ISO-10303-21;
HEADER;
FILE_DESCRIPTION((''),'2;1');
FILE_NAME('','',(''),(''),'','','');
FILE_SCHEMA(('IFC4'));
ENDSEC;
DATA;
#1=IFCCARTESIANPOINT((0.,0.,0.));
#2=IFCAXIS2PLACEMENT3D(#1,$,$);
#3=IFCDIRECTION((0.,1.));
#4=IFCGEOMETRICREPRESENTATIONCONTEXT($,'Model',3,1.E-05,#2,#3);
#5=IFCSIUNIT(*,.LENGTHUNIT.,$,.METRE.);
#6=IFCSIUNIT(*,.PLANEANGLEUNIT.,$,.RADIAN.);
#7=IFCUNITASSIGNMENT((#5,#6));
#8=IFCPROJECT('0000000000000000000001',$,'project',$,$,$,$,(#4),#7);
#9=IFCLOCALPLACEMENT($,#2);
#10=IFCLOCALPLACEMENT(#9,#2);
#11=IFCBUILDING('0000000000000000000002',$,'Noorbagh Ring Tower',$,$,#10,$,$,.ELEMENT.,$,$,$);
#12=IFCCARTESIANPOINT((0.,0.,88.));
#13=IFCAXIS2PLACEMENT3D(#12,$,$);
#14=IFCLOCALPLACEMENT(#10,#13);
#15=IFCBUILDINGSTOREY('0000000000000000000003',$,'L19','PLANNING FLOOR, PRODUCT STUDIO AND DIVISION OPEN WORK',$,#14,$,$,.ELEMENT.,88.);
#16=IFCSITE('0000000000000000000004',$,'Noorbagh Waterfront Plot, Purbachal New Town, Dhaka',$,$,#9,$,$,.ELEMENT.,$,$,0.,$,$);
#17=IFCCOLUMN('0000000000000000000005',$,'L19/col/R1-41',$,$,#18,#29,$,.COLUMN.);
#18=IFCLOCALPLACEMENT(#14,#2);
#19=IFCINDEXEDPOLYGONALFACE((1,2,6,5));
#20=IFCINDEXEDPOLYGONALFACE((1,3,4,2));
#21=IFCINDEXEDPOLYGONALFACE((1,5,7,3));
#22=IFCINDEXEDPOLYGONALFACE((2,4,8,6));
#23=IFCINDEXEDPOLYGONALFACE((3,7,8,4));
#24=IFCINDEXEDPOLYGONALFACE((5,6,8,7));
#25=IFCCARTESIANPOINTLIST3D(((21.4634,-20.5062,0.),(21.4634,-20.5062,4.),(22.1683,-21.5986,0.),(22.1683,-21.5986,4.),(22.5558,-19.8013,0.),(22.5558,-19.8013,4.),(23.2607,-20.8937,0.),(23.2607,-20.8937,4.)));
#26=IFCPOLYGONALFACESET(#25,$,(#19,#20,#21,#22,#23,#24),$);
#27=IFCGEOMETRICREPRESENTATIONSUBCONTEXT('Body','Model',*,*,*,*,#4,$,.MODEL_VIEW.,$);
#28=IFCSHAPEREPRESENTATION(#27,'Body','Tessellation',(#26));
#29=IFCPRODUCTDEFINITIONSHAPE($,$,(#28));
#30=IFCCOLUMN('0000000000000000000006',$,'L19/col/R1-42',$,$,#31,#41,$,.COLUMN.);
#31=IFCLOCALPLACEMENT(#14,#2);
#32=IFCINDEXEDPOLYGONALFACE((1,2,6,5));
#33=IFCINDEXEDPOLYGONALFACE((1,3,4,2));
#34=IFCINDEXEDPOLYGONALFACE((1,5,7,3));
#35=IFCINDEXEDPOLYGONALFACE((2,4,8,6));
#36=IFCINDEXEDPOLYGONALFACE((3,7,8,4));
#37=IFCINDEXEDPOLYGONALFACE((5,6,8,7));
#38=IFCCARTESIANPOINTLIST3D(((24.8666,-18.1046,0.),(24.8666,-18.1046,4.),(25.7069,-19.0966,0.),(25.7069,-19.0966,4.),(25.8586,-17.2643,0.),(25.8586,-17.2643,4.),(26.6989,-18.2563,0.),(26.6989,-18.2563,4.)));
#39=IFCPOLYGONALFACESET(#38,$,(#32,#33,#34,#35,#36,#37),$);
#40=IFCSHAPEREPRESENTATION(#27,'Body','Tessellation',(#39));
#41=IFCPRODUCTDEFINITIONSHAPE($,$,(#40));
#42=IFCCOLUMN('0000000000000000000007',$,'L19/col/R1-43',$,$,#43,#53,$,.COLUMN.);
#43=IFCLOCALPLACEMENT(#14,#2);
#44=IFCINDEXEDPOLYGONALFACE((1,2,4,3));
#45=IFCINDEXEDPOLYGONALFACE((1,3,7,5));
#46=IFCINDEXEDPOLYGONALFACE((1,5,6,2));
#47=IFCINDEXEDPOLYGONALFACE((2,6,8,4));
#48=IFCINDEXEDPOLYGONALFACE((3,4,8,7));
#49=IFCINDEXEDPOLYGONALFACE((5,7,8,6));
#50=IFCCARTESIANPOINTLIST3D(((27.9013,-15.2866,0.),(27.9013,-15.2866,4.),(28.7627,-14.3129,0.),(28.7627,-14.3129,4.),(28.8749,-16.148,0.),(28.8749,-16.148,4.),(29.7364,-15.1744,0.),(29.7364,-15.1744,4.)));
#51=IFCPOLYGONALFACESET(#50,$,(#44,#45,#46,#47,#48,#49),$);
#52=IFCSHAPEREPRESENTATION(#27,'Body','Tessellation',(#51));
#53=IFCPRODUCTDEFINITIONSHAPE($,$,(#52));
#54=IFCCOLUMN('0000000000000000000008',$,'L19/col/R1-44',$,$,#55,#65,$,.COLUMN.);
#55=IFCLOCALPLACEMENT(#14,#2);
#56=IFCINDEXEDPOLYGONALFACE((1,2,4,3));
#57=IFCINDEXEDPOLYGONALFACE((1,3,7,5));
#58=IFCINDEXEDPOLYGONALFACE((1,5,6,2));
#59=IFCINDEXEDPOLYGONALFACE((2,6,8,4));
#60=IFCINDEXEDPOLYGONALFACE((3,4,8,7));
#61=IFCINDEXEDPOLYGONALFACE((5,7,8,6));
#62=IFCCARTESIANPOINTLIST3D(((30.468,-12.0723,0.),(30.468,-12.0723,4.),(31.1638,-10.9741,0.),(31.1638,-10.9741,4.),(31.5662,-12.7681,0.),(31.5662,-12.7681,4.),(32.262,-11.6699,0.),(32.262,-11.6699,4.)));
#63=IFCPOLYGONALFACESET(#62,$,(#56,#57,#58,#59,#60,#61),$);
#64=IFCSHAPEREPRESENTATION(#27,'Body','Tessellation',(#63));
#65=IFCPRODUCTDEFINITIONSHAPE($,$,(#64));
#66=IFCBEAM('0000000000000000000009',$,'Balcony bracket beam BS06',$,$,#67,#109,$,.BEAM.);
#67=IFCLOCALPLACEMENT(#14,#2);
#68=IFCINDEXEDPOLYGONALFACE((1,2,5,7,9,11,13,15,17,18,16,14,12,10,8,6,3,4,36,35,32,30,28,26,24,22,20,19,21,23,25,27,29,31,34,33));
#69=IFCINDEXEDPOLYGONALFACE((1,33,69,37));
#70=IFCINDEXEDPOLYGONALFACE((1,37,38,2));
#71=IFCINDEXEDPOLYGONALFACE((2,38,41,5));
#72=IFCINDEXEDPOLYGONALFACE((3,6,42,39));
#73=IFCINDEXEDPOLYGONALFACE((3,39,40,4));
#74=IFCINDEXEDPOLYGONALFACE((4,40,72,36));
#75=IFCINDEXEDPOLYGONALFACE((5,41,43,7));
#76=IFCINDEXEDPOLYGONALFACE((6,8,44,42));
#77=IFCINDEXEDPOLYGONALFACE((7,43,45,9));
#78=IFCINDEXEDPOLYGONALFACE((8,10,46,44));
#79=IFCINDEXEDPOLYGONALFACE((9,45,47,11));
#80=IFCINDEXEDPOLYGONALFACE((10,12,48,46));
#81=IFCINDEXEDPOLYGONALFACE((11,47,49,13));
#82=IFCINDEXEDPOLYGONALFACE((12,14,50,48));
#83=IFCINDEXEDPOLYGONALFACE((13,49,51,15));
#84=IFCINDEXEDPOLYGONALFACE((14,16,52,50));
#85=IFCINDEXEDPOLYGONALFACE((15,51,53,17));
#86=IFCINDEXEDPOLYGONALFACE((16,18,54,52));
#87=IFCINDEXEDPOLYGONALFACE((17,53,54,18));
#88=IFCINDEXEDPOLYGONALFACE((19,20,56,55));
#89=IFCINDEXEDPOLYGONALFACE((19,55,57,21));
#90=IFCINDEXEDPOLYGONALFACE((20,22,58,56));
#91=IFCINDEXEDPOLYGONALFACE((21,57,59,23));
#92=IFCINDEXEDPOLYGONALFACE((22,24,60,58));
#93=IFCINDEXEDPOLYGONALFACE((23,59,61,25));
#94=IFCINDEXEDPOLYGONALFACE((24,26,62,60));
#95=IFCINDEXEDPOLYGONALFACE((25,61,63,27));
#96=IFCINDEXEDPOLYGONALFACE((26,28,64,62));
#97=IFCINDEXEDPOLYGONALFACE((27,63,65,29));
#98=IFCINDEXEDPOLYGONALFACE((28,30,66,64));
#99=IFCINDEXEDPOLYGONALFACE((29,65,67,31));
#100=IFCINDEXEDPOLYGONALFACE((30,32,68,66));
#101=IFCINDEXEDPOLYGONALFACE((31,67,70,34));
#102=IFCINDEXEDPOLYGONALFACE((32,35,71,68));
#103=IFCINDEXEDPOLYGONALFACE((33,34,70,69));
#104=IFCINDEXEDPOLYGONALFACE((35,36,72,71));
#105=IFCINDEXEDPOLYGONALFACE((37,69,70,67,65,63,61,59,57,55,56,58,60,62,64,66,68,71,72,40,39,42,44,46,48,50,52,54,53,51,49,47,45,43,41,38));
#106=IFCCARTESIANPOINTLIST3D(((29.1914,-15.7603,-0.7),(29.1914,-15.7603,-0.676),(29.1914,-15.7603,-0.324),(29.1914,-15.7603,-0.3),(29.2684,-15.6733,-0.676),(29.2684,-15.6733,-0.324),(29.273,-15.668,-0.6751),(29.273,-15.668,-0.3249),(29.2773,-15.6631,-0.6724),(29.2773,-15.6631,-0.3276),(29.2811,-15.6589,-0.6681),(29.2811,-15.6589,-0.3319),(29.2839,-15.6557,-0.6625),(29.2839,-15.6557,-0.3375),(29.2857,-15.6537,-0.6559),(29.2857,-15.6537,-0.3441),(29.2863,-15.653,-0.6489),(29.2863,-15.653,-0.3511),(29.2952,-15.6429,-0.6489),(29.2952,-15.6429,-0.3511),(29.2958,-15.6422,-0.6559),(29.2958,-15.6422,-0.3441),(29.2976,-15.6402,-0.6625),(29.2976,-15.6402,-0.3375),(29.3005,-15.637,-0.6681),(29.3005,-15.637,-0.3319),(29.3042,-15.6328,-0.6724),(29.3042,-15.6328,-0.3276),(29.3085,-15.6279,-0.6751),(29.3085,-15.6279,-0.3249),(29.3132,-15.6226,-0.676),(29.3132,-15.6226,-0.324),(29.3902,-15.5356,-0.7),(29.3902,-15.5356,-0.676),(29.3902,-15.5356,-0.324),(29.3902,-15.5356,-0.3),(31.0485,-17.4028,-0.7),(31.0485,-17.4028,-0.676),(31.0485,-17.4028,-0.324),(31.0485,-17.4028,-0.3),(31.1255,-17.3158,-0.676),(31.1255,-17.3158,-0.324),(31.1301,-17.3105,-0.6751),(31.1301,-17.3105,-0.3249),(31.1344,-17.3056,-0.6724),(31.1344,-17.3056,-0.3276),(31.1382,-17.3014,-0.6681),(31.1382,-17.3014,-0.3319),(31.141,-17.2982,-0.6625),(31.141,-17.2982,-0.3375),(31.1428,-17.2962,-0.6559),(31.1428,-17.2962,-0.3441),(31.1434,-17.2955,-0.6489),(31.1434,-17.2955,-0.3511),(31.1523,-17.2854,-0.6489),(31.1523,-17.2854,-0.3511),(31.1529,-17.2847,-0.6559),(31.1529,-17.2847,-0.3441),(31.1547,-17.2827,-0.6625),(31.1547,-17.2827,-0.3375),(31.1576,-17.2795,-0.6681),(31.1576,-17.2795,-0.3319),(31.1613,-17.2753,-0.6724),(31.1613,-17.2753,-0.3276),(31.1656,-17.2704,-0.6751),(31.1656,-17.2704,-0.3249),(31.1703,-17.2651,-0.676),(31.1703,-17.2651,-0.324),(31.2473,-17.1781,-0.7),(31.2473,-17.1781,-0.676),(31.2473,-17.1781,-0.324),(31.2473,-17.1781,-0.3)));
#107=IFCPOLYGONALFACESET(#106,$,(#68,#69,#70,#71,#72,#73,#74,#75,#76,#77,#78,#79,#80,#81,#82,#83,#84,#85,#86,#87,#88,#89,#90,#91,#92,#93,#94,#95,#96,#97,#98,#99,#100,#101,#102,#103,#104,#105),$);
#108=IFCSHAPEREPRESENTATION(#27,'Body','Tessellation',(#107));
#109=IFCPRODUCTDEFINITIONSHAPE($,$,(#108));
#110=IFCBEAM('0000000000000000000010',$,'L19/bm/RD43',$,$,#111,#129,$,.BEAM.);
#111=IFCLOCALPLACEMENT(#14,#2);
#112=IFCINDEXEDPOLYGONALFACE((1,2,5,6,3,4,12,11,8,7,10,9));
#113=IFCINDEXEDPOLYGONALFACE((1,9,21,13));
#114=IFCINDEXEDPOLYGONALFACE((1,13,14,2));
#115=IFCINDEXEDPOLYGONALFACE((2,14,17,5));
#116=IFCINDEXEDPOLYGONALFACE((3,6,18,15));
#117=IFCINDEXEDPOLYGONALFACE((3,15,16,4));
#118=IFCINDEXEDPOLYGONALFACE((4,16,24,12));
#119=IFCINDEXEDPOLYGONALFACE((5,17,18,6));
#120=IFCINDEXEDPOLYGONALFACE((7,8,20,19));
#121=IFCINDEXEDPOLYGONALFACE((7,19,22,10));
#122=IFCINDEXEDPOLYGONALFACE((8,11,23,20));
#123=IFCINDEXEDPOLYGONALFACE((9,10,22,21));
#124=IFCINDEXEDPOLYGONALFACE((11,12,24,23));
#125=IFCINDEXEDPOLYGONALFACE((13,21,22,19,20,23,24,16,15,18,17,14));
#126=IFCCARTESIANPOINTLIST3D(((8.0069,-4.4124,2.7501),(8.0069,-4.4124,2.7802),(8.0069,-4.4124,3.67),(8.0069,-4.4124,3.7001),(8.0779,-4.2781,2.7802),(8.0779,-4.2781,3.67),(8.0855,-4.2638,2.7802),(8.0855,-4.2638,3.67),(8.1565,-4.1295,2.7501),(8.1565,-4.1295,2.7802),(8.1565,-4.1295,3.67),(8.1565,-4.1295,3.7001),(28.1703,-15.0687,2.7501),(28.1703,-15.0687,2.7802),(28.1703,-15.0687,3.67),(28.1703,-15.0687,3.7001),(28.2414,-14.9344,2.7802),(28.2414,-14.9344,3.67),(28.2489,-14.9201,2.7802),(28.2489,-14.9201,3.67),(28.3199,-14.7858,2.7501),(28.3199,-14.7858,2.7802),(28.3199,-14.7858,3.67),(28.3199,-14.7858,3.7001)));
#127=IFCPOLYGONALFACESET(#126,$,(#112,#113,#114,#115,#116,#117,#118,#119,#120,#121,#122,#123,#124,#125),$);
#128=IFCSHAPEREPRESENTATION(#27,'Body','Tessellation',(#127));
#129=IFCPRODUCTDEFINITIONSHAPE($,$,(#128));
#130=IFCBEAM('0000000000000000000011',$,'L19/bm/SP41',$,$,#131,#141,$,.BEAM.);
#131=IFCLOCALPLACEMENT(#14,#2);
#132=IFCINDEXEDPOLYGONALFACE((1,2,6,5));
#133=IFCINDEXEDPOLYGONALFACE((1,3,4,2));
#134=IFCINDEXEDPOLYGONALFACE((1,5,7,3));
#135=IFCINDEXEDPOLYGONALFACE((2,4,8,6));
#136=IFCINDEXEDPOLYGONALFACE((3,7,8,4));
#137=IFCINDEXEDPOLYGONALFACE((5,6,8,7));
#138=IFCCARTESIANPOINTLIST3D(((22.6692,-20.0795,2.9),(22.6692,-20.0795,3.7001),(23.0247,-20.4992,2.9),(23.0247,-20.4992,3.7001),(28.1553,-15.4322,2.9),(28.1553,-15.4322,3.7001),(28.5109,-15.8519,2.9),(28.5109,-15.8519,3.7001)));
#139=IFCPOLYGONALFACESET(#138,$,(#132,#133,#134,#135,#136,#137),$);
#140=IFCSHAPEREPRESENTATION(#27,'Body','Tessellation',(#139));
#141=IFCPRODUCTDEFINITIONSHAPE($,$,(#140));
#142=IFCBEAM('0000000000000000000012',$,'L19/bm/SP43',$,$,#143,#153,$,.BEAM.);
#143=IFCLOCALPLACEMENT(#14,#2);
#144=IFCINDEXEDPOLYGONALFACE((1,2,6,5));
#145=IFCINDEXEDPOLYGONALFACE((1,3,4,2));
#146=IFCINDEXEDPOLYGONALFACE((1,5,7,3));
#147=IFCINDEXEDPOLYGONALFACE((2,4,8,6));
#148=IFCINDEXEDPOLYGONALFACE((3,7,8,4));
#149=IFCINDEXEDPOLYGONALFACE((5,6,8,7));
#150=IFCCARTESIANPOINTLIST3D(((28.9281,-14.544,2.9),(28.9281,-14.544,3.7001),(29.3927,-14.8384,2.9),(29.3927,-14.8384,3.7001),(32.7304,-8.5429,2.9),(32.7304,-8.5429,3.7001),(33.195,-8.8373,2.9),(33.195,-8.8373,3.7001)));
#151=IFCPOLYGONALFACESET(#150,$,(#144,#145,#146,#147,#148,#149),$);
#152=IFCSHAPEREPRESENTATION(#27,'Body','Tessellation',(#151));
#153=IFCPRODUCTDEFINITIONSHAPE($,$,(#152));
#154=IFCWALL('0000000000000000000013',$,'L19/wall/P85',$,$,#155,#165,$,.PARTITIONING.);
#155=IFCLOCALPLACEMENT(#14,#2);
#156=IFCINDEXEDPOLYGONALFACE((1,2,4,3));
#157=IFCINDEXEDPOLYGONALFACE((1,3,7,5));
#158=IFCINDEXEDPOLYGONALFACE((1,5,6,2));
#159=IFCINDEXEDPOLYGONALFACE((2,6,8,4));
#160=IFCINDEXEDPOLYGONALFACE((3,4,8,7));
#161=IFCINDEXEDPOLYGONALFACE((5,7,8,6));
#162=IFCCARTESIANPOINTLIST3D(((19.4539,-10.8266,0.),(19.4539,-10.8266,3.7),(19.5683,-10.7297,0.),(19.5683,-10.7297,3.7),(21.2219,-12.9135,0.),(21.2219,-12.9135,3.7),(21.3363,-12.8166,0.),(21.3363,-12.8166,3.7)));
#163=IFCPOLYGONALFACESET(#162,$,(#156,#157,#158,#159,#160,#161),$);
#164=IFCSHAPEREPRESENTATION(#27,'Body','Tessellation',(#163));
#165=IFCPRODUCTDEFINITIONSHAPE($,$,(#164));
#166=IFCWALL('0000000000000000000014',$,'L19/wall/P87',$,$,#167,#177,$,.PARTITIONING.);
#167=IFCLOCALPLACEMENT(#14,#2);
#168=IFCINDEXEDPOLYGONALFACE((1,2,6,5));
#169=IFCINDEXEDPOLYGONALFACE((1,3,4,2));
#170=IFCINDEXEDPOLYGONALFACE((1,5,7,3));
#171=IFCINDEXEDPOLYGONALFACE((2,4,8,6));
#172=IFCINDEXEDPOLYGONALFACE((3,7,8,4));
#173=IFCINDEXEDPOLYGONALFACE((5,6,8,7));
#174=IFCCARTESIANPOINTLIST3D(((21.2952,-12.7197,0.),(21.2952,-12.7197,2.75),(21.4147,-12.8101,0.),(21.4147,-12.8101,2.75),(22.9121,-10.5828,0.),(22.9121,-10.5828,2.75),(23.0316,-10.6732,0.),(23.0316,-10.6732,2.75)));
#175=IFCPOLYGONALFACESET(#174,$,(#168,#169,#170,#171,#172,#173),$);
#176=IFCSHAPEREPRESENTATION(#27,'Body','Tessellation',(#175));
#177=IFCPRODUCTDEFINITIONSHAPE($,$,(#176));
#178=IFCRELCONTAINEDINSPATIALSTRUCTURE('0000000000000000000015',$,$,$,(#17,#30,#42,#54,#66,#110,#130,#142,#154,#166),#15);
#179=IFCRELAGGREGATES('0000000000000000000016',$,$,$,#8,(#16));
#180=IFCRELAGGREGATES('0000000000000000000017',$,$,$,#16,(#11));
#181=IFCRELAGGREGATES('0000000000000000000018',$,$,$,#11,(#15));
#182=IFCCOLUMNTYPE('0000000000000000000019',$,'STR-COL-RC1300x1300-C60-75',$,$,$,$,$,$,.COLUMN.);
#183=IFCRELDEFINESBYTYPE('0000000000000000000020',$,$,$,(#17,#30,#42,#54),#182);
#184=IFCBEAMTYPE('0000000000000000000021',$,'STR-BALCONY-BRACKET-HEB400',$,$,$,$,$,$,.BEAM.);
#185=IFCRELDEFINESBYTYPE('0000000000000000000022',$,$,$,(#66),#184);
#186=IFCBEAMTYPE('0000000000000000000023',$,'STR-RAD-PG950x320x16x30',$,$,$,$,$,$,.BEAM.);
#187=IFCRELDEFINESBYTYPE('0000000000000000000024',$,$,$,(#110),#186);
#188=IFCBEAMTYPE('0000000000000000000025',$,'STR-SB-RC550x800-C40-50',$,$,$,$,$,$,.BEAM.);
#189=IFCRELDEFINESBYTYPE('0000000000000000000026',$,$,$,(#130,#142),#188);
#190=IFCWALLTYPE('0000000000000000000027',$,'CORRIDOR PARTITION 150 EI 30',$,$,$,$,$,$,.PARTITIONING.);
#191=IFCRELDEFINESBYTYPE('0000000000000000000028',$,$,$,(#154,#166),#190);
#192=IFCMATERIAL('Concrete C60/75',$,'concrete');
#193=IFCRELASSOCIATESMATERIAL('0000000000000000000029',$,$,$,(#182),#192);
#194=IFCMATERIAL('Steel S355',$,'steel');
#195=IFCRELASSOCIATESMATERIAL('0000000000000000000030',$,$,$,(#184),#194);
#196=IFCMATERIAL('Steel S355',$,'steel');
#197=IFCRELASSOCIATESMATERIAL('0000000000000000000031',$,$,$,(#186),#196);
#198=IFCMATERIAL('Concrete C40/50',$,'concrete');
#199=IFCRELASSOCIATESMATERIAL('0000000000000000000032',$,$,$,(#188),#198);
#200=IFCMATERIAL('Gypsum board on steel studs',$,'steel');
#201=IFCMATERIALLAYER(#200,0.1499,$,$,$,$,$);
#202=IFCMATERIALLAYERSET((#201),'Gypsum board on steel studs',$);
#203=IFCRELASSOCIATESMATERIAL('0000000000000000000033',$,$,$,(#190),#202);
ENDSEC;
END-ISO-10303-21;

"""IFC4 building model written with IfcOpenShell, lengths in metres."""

from ifc_helpers import new_model, si_unit, direction, frame, frame_2d, origin, origin_2d, place, context, subcontext, project, spatial, rectangle, i_section, extrude, material, layer, layer_set, material_profile, profile_set, type_object, element, save


model = new_model("IFC4")

# Units and contexts
model_context = context("Model", 3, precision=1e-05, world=origin(), true_north=direction((0.0, 1.0)))
body_context = subcontext(model_context, "Body", "Model", "MODEL_VIEW")
ifc_project = project(units=[si_unit("LENGTHUNIT", "METRE"), si_unit("PLANEANGLEUNIT", "RADIAN")], contexts=[model_context])

# Site, building, storey
site_placement = place(None, origin())
site = spatial("IfcSite", under=ifc_project, at=site_placement, Name="Noorbagh Waterfront Plot, Purbachal New Town, Dhaka", CompositionType="ELEMENT", RefElevation=0.0)
building_placement = place(site_placement, origin())
building = spatial("IfcBuilding", under=site, at=building_placement, Name="Noorbagh Ring Tower", CompositionType="ELEMENT")
storey_placement = place(building_placement, frame((0.0, 0.0, 88.0)))
storey = spatial("IfcBuildingStorey", under=building, at=storey_placement, Name="L19", Description="PLANNING FLOOR, PRODUCT STUDIO AND DIVISION OPEN WORK", CompositionType="ELEMENT", Elevation=88.0)

# Columns
ifc_material_1 = material(Name="Concrete C60/75", Category="concrete")
ifc_material_profile_1 = material_profile(ifc_material_1, rectangle(XDim=1.3, YDim=1.3, at=origin_2d()), Name="RC1300x1300")
ifc_profile_set_1 = profile_set([ifc_material_profile_1], Name="Concrete C60/75")
column_type = type_object("IfcColumnType", Name="STR-COL-RC1300x1300-C60-75", PredefinedType="COLUMN", material=ifc_profile_set_1)
for number, where, z_axis, x_axis, name in (
    (1, (22.3621, -20.7, 0.0), (0.0, 0.0, 1.0), (0.840248, 0.542203, 0.0), "L19/col/R1-41"),
    (2, (25.7827, -18.1804, 0.0), (0.0, 0.0, 1.0), (0.763035, 0.646357, 0.0), "L19/col/R1-42"),
    (3, (28.8188, -15.2305, 0.0), (0.0, 0.0, 1.0), (0.662636, 0.748942, 0.0), "L19/col/R1-43"),
    (4, (31.365, -11.8711, 0.0), (0.0, 0.0, 1.0), (0.53519, 0.844731, 0.0), "L19/col/R1-44"),
):
    element("IfcColumn", number, at=place(storey_placement, frame(where, z_axis=z_axis, x_axis=x_axis)), inside=storey, type_object=column_type, Name=name, PredefinedType="COLUMN", context=body_context, shape_type="SweptSolid", body=[
        extrude(rectangle(XDim=1.3, YDim=1.3, at=origin_2d()), origin(), (0.0, 0.0, 1.0), 4.0),
    ])

# Beams
ifc_material_2 = material(Name="Steel S355", Category="steel")
ifc_material_profile_2 = material_profile(ifc_material_2, i_section(OverallWidth=0.3, OverallDepth=0.3999, WebThickness=0.0134, FlangeThickness=0.0239, FilletRadius=0.0271, at=origin_2d()), Name="HEB400")
ifc_profile_set_2 = profile_set([ifc_material_profile_2], Name="Steel S355")
beam_type_1 = type_object("IfcBeamType", Name="STR-BALCONY-BRACKET-HEB400", PredefinedType="BEAM", material=ifc_profile_set_2)
beam_1_placement = place(storey_placement, frame((29.2908, -15.6479, -0.5), z_axis=(0.749059, -0.662504, 0.0), x_axis=(0.662504, 0.749059, 0.0)))
element("IfcBeam", 5, at=beam_1_placement, inside=storey, type_object=beam_type_1, Name="Balcony bracket beam BS06", PredefinedType="BEAM", context=body_context, shape_type="SweptSolid", body=[
    extrude(i_section(OverallWidth=0.3, OverallDepth=0.3999, WebThickness=0.0134, FlangeThickness=0.0239, FilletRadius=0.0271, at=origin_2d()), origin(), (0.0, 0.0, 1.0), 2.4792),
])
ifc_material_3 = material(Name="Steel S355", Category="steel")
ifc_material_profile_3 = material_profile(ifc_material_3, i_section(OverallWidth=0.3201, OverallDepth=0.95, WebThickness=0.0161, FlangeThickness=0.03, at=origin_2d()), Name="PG950x320x16x30")
ifc_profile_set_3 = profile_set([ifc_material_profile_3], Name="Steel S355")
beam_type_2 = type_object("IfcBeamType", Name="STR-RAD-PG950x320x16x30", PredefinedType="BEAM", material=ifc_profile_set_3)
beam_2_placement = place(storey_placement, frame((28.2451, -14.9272, 3.2251), z_axis=(-0.884122, 0.467256, 0.0), x_axis=(-0.467256, -0.884122, 0.0)))
element("IfcBeam", 6, at=beam_2_placement, inside=storey, type_object=beam_type_2, Name="L19/bm/RD43", PredefinedType="BEAM", context=body_context, shape_type="SweptSolid", body=[
    extrude(i_section(OverallWidth=0.3201, OverallDepth=0.95, WebThickness=0.0161, FlangeThickness=0.03, at=origin_2d()), origin(), (0.0, 0.0, 1.0), 22.8062),
])
ifc_material_4 = material(Name="Concrete C40/50", Category="concrete")
ifc_material_profile_4 = material_profile(ifc_material_4, rectangle(XDim=0.55, YDim=0.8, at=origin_2d()), Name="RC550x800")
ifc_profile_set_4 = profile_set([ifc_material_profile_4], Name="Concrete C40/50")
beam_type_3 = type_object("IfcBeamType", Name="STR-SB-RC550x800-C40-50", PredefinedType="BEAM", material=ifc_profile_set_4)
beam_3_placement = place(storey_placement, frame((22.8469, -20.2893, 3.3), z_axis=(0.763033, 0.646359, 0.0), x_axis=(-0.646359, 0.763033, 0.0)))
element("IfcBeam", 7, at=beam_3_placement, inside=storey, type_object=beam_type_3, Name="L19/bm/SP41", PredefinedType="BEAM", context=body_context, shape_type="SweptSolid", body=[
    extrude(rectangle(XDim=0.55, YDim=0.8, at=origin_2d()), origin(), (0.0, 0.0, 1.0), 7.1899),
])
beam_4_placement = place(storey_placement, frame((29.1604, -14.6912, 3.3), z_axis=(0.535216, 0.844715, 0.0), x_axis=(-0.844715, 0.535216, 0.0)))
element("IfcBeam", 8, at=beam_4_placement, inside=storey, type_object=beam_type_3, Name="L19/bm/SP43", PredefinedType="BEAM", context=body_context, shape_type="SweptSolid", body=[
    extrude(rectangle(XDim=0.55, YDim=0.8, at=origin_2d()), origin(), (0.0, 0.0, 1.0), 7.1042),
])

# Walls
ifc_material_5 = material(Name="Gypsum board on steel studs", Category="steel")
ifc_layer_1 = layer(ifc_material_5, 0.1499)
ifc_layer_set_1 = layer_set([ifc_layer_1], Name="Gypsum board on steel studs")
wall_type_1 = type_object("IfcWallType", Name="CORRIDOR PARTITION 150 EI 30", PredefinedType="PARTITIONING", material=ifc_layer_set_1)
wall_1_placement = place(storey_placement, frame((19.511, -10.7781, 0.0), z_axis=(0.0, 0.0, 1.0), x_axis=(0.646414, -0.762987, 0.0)))
element("IfcWall", 9, at=wall_1_placement, inside=storey, type_object=wall_type_1, Name="L19/wall/P85", PredefinedType="PARTITIONING", context=body_context, shape_type="SweptSolid", body=[
    extrude(rectangle(XDim=2.7351, YDim=0.1499, at=frame_2d((1.3677, 0.0))), origin(), (0.0, 0.0, 1.0), 3.7),
])
wall_2_placement = place(storey_placement, frame((21.355, -12.7649, 0.0), z_axis=(0.0, 0.0, 1.0), x_axis=(0.603391, 0.797445, 0.0)))
element("IfcWall", 10, at=wall_2_placement, inside=storey, type_object=wall_type_1, Name="L19/wall/P87", PredefinedType="PARTITIONING", context=body_context, shape_type="SweptSolid", body=[
    extrude(rectangle(XDim=2.6797, YDim=0.1499, at=frame_2d((1.3398, 0.0))), origin(), (0.0, 0.0, 1.0), 2.75),
])

save(model, "model.ifc")
